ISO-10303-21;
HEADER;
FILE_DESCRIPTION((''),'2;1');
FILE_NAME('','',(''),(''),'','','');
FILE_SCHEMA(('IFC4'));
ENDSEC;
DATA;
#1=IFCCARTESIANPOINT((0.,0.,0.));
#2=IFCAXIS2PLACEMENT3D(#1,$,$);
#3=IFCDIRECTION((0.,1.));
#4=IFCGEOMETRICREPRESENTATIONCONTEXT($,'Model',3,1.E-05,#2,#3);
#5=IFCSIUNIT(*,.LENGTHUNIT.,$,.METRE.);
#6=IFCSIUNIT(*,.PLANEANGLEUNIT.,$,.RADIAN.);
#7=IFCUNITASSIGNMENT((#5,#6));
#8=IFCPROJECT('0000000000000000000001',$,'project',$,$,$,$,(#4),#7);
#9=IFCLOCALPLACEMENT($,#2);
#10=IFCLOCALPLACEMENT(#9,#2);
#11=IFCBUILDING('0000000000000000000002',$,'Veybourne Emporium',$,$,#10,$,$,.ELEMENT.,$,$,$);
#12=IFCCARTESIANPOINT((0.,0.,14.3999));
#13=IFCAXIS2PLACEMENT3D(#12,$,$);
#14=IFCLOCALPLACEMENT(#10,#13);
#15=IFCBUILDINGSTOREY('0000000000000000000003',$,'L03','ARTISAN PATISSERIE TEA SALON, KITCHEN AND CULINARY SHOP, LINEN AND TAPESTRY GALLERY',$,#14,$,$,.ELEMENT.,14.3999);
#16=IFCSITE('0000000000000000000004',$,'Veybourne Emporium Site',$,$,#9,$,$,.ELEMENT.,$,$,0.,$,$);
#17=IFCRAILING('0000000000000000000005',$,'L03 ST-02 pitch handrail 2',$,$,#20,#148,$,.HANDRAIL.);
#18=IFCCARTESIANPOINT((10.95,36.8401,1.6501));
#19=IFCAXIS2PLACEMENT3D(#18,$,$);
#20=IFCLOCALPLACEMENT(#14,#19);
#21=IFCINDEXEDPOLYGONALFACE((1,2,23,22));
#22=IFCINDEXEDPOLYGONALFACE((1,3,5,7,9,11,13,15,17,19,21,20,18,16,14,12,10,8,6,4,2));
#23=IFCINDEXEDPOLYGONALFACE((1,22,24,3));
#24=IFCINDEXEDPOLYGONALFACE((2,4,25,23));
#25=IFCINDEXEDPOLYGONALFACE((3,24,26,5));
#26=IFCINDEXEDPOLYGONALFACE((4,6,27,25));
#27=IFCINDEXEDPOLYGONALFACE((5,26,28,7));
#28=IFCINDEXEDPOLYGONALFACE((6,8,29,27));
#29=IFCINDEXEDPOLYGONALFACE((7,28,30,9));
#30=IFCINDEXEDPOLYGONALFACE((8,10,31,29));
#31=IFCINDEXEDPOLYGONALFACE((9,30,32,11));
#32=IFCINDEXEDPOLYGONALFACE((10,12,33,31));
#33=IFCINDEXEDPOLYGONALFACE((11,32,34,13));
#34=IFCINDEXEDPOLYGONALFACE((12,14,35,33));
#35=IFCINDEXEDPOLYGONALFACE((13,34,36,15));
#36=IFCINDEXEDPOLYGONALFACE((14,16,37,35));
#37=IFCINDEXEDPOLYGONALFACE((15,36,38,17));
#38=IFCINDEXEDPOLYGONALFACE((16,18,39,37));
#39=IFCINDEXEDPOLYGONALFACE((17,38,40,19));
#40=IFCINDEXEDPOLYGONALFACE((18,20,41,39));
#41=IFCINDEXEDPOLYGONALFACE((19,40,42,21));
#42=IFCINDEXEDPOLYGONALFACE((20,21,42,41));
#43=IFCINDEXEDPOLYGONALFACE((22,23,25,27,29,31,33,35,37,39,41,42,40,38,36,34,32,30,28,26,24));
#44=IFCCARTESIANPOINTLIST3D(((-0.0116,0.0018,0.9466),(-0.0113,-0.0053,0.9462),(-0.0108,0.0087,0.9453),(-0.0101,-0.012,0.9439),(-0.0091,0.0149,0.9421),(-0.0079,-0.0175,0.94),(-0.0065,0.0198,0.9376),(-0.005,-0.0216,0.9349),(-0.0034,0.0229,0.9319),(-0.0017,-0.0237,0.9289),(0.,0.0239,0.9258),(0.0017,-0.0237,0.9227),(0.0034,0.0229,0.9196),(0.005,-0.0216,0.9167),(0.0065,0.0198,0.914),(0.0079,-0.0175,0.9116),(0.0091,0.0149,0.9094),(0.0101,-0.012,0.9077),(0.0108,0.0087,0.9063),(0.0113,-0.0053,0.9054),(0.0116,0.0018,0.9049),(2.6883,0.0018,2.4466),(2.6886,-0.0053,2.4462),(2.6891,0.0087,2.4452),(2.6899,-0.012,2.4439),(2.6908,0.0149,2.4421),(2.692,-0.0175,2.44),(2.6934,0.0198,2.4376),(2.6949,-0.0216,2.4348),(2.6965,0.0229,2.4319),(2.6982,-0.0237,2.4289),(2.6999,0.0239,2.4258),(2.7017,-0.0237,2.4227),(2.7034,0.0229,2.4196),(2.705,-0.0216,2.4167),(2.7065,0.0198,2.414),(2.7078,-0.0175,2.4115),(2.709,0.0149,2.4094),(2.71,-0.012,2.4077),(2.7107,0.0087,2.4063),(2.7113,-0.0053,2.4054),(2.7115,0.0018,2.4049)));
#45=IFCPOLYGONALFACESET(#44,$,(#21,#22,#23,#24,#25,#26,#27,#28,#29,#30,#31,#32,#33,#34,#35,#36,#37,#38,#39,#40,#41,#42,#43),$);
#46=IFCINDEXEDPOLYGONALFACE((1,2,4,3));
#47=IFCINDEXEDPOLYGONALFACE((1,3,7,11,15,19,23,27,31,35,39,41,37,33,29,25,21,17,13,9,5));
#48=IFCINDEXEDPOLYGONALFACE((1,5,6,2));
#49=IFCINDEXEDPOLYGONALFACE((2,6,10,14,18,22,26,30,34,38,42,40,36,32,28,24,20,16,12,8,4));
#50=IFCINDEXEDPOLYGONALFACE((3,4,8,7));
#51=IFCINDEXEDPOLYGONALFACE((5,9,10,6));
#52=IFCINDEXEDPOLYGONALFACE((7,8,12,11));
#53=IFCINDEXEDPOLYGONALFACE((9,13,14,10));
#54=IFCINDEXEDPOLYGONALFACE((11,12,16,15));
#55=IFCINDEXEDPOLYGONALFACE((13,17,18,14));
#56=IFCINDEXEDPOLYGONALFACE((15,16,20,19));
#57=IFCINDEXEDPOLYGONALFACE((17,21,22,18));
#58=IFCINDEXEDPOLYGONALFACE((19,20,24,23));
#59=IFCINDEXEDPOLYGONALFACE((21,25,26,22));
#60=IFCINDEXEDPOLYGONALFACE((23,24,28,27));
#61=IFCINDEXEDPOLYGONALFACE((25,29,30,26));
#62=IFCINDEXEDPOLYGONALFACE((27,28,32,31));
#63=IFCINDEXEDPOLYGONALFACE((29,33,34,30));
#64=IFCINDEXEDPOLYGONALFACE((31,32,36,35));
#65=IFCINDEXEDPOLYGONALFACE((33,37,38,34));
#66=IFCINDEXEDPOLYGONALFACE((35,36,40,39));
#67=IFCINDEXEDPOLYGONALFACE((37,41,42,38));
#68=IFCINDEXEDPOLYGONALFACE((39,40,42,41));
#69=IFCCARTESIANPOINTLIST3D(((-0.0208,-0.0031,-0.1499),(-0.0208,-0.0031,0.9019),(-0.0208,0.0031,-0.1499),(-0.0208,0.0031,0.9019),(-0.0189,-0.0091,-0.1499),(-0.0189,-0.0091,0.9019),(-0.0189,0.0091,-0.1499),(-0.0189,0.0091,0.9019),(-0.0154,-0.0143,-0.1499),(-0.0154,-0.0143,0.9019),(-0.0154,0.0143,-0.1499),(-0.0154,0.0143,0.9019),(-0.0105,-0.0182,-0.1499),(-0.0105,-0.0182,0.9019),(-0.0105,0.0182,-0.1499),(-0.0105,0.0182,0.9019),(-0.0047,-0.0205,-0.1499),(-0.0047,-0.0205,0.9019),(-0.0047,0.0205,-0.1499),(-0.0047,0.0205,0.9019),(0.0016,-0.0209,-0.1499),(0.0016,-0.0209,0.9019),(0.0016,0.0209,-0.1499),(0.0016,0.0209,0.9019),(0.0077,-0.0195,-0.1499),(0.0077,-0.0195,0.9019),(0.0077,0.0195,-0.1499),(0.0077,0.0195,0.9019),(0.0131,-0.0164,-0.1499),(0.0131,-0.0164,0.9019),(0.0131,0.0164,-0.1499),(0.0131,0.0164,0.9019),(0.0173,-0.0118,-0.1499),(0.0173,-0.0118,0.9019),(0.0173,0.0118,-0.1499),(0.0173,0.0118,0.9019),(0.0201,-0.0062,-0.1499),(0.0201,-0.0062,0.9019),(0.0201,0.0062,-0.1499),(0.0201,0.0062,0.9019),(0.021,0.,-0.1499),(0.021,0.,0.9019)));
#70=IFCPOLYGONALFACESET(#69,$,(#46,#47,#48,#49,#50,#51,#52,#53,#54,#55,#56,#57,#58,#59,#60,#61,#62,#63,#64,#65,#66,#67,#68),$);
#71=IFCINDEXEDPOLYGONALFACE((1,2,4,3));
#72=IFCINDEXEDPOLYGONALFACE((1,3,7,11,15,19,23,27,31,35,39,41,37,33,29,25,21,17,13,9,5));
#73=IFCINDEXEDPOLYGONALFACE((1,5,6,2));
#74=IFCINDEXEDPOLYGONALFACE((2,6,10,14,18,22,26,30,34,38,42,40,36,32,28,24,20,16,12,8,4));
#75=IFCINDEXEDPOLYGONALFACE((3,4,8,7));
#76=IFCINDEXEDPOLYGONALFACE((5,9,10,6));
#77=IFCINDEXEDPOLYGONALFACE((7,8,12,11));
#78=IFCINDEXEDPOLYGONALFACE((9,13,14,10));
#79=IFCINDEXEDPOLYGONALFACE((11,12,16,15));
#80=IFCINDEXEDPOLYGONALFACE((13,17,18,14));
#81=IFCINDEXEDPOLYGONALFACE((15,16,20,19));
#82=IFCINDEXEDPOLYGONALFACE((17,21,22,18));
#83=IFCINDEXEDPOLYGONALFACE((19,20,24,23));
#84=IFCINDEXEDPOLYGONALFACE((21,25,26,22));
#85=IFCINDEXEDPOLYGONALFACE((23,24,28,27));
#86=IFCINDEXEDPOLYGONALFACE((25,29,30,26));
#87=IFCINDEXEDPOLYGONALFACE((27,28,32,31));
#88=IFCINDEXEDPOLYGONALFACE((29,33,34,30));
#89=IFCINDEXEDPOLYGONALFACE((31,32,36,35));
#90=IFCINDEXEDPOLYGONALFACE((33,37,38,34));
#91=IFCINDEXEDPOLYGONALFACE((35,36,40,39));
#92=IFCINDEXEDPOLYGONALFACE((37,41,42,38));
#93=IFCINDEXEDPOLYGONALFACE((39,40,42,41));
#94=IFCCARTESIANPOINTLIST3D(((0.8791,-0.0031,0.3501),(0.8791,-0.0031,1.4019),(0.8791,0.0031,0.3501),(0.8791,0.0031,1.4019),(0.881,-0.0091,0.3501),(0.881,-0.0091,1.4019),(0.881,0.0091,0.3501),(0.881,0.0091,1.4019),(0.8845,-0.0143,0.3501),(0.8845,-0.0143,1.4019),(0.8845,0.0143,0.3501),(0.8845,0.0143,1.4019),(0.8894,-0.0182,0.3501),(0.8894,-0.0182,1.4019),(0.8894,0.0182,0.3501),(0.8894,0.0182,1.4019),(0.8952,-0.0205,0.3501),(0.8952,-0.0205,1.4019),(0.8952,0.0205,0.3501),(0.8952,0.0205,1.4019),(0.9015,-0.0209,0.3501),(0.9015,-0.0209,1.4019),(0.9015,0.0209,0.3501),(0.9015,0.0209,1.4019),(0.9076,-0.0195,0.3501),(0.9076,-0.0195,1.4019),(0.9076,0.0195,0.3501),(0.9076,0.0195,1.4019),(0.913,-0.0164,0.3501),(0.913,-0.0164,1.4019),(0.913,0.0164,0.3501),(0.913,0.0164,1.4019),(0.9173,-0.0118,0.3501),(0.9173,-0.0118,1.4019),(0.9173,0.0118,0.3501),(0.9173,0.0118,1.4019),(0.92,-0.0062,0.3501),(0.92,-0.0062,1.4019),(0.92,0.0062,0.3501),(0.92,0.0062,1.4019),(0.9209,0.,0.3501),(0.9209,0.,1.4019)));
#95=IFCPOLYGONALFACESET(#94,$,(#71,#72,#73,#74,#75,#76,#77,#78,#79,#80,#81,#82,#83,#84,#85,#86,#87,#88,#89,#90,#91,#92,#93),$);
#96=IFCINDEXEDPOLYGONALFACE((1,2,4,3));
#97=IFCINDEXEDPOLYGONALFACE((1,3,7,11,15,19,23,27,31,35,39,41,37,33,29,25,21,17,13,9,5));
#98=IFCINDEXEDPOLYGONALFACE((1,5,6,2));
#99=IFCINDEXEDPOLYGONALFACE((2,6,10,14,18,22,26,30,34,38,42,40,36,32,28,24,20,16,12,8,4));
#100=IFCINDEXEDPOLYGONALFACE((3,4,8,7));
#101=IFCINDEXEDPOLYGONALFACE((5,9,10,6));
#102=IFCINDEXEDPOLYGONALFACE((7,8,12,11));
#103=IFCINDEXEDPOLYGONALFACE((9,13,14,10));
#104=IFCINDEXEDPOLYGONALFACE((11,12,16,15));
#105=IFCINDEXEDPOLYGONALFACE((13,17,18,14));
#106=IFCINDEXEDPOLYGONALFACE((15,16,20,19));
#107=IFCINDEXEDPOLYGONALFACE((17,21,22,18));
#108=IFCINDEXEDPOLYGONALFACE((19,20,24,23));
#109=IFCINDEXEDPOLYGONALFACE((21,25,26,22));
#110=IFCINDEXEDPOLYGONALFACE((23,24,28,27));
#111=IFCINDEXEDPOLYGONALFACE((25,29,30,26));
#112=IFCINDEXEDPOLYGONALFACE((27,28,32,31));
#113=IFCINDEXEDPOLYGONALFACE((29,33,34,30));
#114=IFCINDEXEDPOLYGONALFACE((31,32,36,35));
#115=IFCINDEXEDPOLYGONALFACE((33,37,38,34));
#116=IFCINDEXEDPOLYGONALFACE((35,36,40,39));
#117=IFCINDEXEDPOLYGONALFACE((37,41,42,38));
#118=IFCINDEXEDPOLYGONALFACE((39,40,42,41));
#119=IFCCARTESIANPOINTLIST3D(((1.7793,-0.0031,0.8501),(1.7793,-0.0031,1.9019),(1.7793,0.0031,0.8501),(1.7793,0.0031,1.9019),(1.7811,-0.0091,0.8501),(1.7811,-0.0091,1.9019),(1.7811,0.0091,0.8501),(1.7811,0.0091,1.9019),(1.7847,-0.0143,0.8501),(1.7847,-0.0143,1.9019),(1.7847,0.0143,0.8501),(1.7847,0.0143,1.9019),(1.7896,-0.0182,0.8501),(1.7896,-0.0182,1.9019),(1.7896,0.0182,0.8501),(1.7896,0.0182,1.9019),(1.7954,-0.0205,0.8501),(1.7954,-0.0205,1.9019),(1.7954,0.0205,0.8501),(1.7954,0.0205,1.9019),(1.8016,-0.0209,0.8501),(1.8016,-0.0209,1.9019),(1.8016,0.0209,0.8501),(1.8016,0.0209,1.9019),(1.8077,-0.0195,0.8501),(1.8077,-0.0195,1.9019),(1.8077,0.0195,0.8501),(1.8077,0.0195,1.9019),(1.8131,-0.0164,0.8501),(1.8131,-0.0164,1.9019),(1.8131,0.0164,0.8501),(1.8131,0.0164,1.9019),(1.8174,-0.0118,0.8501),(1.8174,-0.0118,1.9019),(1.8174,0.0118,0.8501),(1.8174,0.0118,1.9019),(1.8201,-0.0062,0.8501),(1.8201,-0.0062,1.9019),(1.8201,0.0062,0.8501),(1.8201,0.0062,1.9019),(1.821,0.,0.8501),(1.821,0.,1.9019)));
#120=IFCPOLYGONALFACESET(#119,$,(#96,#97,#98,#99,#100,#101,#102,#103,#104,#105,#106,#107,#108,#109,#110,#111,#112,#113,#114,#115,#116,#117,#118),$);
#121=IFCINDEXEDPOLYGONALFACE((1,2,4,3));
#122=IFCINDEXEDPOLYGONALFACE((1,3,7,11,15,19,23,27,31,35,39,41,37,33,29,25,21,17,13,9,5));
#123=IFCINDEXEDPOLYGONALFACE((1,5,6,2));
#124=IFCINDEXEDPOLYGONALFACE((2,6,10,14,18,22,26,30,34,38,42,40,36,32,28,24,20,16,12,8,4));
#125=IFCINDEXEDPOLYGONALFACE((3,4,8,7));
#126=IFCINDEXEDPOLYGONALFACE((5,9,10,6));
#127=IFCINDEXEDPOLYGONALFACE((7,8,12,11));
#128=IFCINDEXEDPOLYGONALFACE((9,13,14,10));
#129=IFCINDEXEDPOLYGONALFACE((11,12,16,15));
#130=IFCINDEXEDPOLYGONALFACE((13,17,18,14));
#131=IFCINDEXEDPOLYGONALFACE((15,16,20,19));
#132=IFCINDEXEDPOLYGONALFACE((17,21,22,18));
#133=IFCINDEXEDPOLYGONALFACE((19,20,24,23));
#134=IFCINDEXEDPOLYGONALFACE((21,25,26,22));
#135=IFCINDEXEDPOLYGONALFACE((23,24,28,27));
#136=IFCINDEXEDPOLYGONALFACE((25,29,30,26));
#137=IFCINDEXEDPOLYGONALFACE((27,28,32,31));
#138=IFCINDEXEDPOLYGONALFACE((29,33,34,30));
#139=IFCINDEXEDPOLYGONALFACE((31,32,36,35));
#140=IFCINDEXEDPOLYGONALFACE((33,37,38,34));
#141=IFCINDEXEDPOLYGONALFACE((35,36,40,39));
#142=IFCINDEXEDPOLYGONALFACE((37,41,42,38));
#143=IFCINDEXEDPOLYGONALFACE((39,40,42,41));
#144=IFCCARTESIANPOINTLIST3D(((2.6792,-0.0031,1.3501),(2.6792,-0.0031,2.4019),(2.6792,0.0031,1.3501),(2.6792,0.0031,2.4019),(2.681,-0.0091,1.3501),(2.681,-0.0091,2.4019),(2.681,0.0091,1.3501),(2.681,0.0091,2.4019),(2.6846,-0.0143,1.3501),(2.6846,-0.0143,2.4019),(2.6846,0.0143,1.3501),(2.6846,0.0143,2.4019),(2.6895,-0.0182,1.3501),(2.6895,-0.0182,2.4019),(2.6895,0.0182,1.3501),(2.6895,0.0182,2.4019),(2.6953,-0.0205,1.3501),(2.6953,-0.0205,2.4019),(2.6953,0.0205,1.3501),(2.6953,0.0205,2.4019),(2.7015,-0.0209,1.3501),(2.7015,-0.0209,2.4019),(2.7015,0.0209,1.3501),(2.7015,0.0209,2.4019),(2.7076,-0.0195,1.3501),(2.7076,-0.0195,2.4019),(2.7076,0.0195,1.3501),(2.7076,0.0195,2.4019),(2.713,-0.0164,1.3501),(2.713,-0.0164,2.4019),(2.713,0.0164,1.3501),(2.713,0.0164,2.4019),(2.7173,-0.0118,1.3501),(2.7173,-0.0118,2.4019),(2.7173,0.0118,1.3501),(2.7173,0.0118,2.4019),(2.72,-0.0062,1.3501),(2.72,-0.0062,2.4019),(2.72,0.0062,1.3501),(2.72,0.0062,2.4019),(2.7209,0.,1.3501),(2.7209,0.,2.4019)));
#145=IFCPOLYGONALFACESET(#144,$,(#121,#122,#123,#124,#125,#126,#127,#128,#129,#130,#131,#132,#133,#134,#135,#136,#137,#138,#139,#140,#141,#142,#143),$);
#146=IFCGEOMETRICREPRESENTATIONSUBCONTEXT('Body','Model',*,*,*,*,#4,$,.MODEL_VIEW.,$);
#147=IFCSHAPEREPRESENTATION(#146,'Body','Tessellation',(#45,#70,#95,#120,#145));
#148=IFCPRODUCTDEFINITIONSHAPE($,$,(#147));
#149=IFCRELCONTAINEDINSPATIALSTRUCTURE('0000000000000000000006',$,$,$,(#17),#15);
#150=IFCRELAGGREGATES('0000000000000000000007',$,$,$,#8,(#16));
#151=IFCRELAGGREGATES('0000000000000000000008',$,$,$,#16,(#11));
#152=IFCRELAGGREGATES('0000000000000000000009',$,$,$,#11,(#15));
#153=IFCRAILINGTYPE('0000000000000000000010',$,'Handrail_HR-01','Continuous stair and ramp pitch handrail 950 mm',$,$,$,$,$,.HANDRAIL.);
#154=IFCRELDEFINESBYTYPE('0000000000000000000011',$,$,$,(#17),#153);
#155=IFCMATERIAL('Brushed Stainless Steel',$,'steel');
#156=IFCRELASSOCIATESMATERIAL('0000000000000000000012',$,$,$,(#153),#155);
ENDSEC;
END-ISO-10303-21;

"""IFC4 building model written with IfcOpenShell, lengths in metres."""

from ifc_helpers import new_model, si_unit, direction, frame, origin, origin_2d, place, context, subcontext, project, spatial, circle, extrude, material, type_object, element, save


model = new_model("IFC4")

# Units and contexts
model_context = context("Model", 3, precision=1e-05, world=origin(), true_north=direction((0.0, 1.0)))
body_context = subcontext(model_context, "Body", "Model", "MODEL_VIEW")
ifc_project = project(units=[si_unit("LENGTHUNIT", "METRE"), si_unit("PLANEANGLEUNIT", "RADIAN")], contexts=[model_context])

# Site, building, storey
site_placement = place(None, origin())
site = spatial("IfcSite", under=ifc_project, at=site_placement, Name="Veybourne Emporium Site", CompositionType="ELEMENT", RefElevation=0.0)
building_placement = place(site_placement, origin())
building = spatial("IfcBuilding", under=site, at=building_placement, Name="Veybourne Emporium", CompositionType="ELEMENT")
storey_placement = place(building_placement, frame((0.0, 0.0, 14.3999)))
storey = spatial("IfcBuildingStorey", under=building, at=storey_placement, Name="L03", Description="ARTISAN PATISSERIE TEA SALON, KITCHEN AND CULINARY SHOP, LINEN AND TAPESTRY GALLERY", CompositionType="ELEMENT", Elevation=14.3999)

# Railing
ifc_material_1 = material(Name="Brushed Stainless Steel", Category="steel")
railing_type_1 = type_object("IfcRailingType", Name="Handrail_HR-01", Description="Continuous stair and ramp pitch handrail 950 mm", PredefinedType="HANDRAIL", material=ifc_material_1)
railing_1_placement = place(storey_placement, frame((10.95, 36.8401, 1.6501)))
element("IfcRailing", 1, at=railing_1_placement, inside=storey, type_object=railing_type_1, Name="L03 ST-02 pitch handrail 2", PredefinedType="HANDRAIL", context=body_context, shape_type="SweptSolid", body=[
    extrude(circle(Radius=0.0239, at=origin_2d()), frame((0.0, 0.0, 0.9258), z_axis=(0.874154, 0.0, 0.48565), x_axis=(0.0, 1.0, 0.0)), (0.0, 0.0, 1.0), 3.0886),
    extrude(circle(Radius=0.021, at=origin_2d()), frame((0.0, 0.0, -0.1499)), (0.0, 0.0, 1.0), 1.0518),
    extrude(circle(Radius=0.021, at=origin_2d()), frame((0.8999, 0.0, 0.3501)), (0.0, 0.0, 1.0), 1.0518),
    extrude(circle(Radius=0.021, at=origin_2d()), frame((1.8, 0.0, 0.8501)), (0.0, 0.0, 1.0), 1.0518),
    extrude(circle(Radius=0.021, at=origin_2d()), frame((2.7, 0.0, 1.3501)), (0.0, 0.0, 1.0), 1.0518),
])

save(model, "model.ifc")
